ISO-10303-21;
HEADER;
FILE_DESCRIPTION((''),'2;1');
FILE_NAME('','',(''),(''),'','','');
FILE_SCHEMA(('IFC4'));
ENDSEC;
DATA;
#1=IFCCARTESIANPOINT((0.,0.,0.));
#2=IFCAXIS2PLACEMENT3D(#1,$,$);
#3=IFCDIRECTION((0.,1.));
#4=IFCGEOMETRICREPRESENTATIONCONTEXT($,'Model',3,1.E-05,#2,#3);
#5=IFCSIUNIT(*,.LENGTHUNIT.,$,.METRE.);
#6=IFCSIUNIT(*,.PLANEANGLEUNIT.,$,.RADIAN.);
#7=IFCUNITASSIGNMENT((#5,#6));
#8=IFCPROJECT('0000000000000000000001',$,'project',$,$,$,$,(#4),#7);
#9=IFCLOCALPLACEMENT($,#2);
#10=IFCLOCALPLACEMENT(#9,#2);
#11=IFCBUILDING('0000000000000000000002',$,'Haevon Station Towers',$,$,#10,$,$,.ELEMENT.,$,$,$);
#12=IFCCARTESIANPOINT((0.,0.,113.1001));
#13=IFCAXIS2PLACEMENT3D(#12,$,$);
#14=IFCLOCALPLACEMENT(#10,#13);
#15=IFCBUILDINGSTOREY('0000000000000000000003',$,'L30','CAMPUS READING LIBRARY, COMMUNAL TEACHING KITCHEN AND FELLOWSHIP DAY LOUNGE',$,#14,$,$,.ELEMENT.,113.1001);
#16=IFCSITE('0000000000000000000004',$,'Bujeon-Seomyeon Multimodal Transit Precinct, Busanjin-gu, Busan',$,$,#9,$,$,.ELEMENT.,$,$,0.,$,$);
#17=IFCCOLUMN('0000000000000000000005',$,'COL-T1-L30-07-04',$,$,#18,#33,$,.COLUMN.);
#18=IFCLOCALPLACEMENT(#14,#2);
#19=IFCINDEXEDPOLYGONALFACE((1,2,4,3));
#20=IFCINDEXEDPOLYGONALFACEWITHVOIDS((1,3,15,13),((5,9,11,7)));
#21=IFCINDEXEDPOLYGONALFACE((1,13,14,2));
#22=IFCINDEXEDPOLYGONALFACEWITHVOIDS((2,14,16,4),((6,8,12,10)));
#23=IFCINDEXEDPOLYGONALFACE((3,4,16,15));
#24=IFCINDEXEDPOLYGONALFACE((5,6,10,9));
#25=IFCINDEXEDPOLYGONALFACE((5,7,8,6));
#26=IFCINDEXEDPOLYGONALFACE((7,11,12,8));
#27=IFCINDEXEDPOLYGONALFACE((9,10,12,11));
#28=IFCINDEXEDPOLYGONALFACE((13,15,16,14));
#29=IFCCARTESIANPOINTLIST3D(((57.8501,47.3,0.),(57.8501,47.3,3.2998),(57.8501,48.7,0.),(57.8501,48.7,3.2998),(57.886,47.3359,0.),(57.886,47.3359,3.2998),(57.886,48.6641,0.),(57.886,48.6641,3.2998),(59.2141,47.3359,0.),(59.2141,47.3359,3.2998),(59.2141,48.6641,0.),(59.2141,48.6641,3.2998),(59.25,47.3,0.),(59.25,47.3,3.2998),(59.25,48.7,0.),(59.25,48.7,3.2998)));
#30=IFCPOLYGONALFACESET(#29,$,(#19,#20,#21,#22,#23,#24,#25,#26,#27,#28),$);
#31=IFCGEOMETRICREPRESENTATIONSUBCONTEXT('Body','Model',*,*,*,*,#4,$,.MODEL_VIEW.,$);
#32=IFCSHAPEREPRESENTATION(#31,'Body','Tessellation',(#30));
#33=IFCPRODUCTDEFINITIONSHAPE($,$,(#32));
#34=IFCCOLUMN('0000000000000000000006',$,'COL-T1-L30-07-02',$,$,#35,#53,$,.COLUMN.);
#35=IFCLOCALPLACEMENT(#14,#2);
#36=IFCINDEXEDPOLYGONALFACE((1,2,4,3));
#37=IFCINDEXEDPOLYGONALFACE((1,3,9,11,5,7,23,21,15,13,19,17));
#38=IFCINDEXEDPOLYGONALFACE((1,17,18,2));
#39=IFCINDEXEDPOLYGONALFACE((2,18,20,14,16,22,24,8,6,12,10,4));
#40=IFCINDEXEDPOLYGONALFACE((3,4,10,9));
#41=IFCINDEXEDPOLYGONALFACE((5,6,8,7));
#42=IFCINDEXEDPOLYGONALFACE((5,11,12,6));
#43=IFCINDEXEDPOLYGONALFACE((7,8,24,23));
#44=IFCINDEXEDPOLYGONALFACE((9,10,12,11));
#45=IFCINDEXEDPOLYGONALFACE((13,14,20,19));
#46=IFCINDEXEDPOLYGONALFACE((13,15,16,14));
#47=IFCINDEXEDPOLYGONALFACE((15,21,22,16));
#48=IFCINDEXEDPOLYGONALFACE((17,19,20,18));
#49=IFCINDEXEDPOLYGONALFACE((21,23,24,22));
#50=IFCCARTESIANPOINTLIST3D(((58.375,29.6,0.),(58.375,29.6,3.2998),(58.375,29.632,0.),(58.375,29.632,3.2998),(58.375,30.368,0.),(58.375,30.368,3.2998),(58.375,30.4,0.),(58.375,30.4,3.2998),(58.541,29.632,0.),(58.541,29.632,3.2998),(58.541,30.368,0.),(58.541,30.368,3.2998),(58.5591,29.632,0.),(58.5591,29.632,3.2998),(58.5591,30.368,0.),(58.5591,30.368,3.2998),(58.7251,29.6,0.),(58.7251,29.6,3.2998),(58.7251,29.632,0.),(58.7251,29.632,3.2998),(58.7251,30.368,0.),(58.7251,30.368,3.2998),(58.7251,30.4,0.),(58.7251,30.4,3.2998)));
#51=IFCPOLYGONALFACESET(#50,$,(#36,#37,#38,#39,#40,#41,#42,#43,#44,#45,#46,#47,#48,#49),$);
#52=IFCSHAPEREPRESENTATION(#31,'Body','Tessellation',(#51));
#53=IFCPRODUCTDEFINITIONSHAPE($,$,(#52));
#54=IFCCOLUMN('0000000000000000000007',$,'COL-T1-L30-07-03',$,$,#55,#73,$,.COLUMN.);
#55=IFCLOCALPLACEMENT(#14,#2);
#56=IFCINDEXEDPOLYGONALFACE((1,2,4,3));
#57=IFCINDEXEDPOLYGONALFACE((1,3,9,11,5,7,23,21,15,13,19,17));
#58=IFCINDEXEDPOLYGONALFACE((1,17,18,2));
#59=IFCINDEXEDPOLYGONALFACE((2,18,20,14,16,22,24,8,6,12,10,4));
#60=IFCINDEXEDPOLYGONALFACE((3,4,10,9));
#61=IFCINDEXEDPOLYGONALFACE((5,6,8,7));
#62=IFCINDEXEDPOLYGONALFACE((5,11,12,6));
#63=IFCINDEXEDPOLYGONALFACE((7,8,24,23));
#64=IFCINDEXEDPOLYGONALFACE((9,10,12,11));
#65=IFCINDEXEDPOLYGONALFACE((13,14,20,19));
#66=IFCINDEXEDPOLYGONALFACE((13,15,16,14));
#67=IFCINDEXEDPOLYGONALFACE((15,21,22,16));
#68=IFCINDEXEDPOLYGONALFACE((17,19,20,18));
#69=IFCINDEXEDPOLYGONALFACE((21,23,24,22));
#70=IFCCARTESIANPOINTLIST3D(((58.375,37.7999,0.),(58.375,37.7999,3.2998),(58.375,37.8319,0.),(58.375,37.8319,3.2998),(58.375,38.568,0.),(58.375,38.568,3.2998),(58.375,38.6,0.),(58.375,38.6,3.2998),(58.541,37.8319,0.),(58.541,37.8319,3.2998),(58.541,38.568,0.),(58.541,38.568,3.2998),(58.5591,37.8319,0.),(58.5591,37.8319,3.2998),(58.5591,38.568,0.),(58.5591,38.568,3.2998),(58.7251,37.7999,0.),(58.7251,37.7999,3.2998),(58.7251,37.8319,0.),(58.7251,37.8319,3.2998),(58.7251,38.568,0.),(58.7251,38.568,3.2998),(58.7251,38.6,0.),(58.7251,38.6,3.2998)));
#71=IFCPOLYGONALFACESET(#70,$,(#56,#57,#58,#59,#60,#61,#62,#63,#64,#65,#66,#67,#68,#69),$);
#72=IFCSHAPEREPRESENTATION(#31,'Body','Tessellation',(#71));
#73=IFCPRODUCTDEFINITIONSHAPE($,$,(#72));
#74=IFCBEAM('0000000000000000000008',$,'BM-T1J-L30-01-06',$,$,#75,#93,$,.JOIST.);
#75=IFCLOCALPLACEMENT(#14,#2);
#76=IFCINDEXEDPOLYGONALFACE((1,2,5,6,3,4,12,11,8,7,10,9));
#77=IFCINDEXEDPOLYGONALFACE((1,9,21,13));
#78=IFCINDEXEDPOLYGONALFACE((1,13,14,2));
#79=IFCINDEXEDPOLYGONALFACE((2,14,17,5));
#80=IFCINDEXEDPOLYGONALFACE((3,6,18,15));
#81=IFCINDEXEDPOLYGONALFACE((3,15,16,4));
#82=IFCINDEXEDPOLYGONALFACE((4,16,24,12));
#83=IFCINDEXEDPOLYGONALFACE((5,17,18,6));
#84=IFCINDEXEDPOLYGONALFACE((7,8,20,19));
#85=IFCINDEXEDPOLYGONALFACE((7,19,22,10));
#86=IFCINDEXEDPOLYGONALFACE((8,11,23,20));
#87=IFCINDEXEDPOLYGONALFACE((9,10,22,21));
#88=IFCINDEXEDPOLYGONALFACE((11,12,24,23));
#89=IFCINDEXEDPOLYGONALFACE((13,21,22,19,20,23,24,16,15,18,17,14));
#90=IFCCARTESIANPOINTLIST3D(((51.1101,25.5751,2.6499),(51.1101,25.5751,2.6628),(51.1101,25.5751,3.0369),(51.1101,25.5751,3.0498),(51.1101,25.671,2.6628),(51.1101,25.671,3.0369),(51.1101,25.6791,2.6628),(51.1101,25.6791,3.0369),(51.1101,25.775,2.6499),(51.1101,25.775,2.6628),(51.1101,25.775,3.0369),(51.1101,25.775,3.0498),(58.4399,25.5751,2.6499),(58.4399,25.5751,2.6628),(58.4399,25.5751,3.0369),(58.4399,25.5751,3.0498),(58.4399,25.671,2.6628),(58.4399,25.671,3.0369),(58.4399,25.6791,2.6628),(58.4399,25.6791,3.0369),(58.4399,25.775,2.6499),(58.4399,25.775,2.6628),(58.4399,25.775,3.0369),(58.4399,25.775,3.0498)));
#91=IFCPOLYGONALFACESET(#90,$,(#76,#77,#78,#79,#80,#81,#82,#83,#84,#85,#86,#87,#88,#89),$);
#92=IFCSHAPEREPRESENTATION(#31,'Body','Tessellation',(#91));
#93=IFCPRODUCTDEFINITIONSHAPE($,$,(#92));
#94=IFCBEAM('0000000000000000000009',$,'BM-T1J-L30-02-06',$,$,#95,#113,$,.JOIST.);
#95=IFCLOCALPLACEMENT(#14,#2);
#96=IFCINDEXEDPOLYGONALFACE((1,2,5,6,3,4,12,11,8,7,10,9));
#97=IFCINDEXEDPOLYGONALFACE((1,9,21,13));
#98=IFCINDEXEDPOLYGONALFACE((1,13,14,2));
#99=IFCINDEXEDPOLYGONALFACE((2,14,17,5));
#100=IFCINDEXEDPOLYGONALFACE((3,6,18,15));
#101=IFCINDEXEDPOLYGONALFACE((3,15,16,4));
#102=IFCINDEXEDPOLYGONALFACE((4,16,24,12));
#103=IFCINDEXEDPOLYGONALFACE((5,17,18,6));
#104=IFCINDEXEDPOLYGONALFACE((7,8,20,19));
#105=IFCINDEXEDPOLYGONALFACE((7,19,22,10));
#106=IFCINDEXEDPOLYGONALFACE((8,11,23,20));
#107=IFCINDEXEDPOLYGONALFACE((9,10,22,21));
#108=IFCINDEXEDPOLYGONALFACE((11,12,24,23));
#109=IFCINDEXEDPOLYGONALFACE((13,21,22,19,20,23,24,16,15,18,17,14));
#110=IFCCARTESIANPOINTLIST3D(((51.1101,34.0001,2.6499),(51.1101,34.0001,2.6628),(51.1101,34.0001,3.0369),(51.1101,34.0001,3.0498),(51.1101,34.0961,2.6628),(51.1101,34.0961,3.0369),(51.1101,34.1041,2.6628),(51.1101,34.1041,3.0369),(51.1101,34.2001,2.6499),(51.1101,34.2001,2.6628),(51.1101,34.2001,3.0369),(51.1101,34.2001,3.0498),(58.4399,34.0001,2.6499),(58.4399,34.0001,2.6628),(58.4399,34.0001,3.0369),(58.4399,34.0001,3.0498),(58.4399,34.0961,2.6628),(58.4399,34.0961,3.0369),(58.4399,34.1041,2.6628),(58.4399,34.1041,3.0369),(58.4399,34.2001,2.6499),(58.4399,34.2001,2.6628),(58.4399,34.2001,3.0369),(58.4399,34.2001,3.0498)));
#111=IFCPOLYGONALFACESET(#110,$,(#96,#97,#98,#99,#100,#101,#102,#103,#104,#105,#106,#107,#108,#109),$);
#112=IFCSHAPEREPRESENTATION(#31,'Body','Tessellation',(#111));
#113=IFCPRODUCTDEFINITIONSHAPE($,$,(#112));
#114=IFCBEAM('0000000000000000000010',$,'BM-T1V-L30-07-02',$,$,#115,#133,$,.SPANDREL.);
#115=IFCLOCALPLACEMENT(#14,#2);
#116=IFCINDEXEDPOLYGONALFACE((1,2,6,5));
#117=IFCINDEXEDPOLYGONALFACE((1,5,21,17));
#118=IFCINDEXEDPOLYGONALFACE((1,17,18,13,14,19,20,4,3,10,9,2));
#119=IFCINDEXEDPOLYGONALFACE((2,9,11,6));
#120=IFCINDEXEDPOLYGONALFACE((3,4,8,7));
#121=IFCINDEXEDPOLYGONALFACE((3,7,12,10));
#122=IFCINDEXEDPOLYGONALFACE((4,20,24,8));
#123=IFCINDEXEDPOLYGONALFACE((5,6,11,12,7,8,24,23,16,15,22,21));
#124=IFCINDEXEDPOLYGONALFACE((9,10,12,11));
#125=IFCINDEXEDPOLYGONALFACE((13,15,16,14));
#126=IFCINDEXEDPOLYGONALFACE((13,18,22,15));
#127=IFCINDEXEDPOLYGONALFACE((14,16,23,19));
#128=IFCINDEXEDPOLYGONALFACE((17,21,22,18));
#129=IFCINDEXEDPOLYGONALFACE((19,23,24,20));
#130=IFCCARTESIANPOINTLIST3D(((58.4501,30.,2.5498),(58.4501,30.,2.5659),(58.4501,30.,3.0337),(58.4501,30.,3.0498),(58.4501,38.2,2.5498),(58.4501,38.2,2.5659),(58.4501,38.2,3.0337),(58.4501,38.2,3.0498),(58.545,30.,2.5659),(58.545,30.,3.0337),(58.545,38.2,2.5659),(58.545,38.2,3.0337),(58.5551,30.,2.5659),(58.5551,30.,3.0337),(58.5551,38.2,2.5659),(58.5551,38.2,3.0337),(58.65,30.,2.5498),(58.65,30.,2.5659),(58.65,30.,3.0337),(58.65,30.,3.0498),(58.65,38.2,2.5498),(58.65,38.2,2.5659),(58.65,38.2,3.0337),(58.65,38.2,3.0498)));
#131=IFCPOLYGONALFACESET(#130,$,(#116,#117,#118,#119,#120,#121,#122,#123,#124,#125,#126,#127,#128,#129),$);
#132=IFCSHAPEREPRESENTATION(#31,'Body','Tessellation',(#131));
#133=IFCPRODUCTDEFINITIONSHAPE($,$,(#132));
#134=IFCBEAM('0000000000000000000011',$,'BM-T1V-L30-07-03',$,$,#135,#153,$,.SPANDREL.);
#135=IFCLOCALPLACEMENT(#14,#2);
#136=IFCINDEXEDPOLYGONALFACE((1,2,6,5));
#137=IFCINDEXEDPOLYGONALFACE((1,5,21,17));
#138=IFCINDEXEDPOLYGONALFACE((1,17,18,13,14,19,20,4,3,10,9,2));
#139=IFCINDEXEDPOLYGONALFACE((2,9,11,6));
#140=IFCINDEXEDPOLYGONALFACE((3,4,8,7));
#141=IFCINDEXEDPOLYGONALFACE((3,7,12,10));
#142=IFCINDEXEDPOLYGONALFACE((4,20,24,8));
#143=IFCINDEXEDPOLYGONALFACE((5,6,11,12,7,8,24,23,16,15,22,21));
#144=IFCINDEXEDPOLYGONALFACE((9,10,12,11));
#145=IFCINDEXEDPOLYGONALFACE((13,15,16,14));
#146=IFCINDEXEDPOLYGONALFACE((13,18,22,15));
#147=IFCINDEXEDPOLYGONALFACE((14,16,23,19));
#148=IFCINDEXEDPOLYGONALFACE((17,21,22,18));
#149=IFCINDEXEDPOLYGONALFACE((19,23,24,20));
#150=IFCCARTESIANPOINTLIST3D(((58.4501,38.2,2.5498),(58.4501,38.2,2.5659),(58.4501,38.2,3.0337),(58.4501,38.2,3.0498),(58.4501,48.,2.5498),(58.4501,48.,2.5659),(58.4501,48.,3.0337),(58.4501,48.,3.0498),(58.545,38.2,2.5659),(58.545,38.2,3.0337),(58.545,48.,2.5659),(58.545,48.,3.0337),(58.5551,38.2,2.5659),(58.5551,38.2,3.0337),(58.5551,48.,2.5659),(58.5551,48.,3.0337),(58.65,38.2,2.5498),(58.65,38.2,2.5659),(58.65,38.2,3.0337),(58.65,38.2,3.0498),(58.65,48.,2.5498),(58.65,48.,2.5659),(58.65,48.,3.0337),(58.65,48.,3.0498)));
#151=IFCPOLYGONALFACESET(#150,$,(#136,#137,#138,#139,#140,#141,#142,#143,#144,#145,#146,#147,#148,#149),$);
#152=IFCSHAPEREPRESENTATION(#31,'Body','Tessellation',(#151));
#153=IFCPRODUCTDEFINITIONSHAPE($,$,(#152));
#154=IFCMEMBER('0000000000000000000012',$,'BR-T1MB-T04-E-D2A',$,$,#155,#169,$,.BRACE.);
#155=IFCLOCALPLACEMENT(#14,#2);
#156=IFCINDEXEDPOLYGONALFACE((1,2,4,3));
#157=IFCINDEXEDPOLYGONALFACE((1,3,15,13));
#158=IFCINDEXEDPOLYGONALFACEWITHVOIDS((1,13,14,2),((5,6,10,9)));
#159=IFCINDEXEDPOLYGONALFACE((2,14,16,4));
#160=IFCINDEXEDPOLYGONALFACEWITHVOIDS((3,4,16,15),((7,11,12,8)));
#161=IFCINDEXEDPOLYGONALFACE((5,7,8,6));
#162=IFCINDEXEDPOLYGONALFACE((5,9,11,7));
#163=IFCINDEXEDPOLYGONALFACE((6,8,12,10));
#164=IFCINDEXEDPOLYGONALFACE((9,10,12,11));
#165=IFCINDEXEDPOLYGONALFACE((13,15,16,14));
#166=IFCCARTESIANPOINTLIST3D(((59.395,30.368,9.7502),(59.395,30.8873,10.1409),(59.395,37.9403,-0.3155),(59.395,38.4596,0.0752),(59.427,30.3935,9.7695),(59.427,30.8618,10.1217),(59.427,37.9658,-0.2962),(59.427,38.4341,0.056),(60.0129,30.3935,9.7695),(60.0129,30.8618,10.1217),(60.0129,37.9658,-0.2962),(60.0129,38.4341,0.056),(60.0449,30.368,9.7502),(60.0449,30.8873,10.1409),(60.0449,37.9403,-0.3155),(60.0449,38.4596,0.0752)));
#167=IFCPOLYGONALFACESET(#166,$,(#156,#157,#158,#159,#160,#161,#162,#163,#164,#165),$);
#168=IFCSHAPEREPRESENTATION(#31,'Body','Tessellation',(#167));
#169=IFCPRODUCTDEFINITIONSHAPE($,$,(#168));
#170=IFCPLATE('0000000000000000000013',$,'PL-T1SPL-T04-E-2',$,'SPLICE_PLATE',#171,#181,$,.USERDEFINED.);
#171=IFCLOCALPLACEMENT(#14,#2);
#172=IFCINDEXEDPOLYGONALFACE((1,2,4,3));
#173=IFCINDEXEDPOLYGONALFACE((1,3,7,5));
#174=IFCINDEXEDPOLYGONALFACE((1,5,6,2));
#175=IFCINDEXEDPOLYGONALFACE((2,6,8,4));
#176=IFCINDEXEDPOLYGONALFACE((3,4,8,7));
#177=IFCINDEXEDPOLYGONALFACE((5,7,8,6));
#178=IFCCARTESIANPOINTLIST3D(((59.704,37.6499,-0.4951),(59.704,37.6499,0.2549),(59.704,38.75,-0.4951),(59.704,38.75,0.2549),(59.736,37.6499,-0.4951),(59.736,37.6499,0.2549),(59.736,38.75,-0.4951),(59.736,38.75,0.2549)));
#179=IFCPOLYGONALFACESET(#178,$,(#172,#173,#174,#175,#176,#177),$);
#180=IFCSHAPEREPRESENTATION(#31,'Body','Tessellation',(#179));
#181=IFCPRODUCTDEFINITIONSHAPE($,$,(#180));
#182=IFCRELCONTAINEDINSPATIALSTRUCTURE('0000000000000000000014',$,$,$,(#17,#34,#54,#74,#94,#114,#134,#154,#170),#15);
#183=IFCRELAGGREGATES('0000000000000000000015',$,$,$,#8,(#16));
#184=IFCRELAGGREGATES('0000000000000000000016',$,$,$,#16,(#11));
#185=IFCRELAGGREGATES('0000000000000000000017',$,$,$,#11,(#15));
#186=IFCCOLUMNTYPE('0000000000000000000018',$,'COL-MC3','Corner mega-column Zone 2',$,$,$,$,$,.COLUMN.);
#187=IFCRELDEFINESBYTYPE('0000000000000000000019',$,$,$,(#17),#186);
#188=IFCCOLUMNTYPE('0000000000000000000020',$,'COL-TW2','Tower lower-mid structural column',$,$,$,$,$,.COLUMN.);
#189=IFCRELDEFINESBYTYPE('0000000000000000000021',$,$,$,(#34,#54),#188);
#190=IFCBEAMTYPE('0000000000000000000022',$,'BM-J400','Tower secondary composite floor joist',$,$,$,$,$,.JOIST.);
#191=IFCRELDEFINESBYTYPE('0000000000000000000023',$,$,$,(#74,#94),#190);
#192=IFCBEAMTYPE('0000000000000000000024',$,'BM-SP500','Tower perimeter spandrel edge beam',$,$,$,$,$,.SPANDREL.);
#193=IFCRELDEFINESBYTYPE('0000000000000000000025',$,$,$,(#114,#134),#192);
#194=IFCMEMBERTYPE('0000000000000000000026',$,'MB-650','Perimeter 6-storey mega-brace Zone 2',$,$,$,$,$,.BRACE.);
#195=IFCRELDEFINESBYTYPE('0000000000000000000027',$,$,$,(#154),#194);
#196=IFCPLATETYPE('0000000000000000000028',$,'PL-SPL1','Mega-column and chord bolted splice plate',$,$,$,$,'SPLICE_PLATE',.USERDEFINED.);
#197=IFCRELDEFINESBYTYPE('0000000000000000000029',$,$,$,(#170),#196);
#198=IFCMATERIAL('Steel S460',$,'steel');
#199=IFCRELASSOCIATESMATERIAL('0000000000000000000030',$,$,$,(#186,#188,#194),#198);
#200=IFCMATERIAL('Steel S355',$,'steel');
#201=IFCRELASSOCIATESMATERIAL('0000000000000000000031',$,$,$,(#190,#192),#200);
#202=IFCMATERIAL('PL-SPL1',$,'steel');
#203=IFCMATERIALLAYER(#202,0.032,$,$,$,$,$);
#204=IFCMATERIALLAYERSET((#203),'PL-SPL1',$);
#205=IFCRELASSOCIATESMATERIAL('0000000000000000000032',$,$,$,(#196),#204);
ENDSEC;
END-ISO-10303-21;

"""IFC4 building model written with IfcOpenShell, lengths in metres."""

from ifc_helpers import new_model, si_unit, direction, frame, origin, origin_2d, place, context, subcontext, project, spatial, rectangle, hollow_rectangle, i_section, extrude, material, layer, layer_set, material_profile, profile_set, type_object, element, save


model = new_model("IFC4")

# Units and contexts
model_context = context("Model", 3, precision=1e-05, world=origin(), true_north=direction((0.0, 1.0)))
body_context = subcontext(model_context, "Body", "Model", "MODEL_VIEW")
ifc_project = project(units=[si_unit("LENGTHUNIT", "METRE"), si_unit("PLANEANGLEUNIT", "RADIAN")], contexts=[model_context])

# Site, building, storey
site_placement = place(None, origin())
site = spatial("IfcSite", under=ifc_project, at=site_placement, Name="Bujeon-Seomyeon Multimodal Transit Precinct, Busanjin-gu, Busan", CompositionType="ELEMENT", RefElevation=0.0)
building_placement = place(site_placement, origin())
building = spatial("IfcBuilding", under=site, at=building_placement, Name="Haevon Station Towers", CompositionType="ELEMENT")
storey_placement = place(building_placement, frame((0.0, 0.0, 113.1001)))
storey = spatial("IfcBuildingStorey", under=building, at=storey_placement, Name="L30", Description="CAMPUS READING LIBRARY, COMMUNAL TEACHING KITCHEN AND FELLOWSHIP DAY LOUNGE", CompositionType="ELEMENT", Elevation=113.1001)

# Columns
ifc_material_1 = material(Name="Steel S460", Category="steel")
ifc_material_profile_1 = material_profile(ifc_material_1, hollow_rectangle(XDim=1.3999, YDim=1.3999, WallThickness=0.0359, at=origin_2d()), Name="BOX-1400x1400x36")
ifc_profile_set_1 = profile_set([ifc_material_profile_1], Name="Steel S460")
column_type_1 = type_object("IfcColumnType", Name="COL-MC3", Description="Corner mega-column Zone 2", PredefinedType="COLUMN", material=ifc_profile_set_1)
column_placement = place(storey_placement, frame((58.55, 48.0, 0.0), z_axis=(0.0, 0.0, 1.0), x_axis=(1.0, 0.0, 0.0)))
element("IfcColumn", 1, at=column_placement, inside=storey, type_object=column_type_1, Name="COL-T1-L30-07-04", PredefinedType="COLUMN", context=body_context, shape_type="SweptSolid", body=[
    extrude(hollow_rectangle(XDim=1.3999, YDim=1.3999, WallThickness=0.0359, at=origin_2d()), origin(), (0.0, 0.0, 1.0), 3.2998),
])
ifc_material_profile_2 = material_profile(ifc_material_1, i_section(OverallWidth=0.3501, OverallDepth=0.8, WebThickness=0.0181, FlangeThickness=0.032, at=origin_2d()), Name="H-800x350x18x32")
ifc_profile_set_2 = profile_set([ifc_material_profile_2], Name="Steel S460")
column_type_2 = type_object("IfcColumnType", Name="COL-TW2", Description="Tower lower-mid structural column", PredefinedType="COLUMN", material=ifc_profile_set_2)
for number, where, z_axis, x_axis, name in (
    (2, (58.55, 30.0, 0.0), (0.0, 0.0, 1.0), (1.0, 0.0, 0.0), "COL-T1-L30-07-02"),
    (3, (58.55, 38.2, 0.0), (0.0, 0.0, 1.0), (1.0, 0.0, 0.0), "COL-T1-L30-07-03"),
):
    element("IfcColumn", number, at=place(storey_placement, frame(where, z_axis=z_axis, x_axis=x_axis)), inside=storey, type_object=column_type_2, Name=name, PredefinedType="COLUMN", context=body_context, shape_type="SweptSolid", body=[
        extrude(i_section(OverallWidth=0.3501, OverallDepth=0.8, WebThickness=0.0181, FlangeThickness=0.032, at=origin_2d()), origin(), (0.0, 0.0, 1.0), 3.2998),
    ])

# Beams
ifc_material_2 = material(Name="Steel S355", Category="steel")
ifc_material_profile_3 = material_profile(ifc_material_2, i_section(OverallWidth=0.2, OverallDepth=0.3999, WebThickness=0.0081, FlangeThickness=0.0129, at=origin_2d()), Name="H-400x200x8x13")
ifc_profile_set_3 = profile_set([ifc_material_profile_3], Name="Steel S355")
beam_type_1 = type_object("IfcBeamType", Name="BM-J400", Description="Tower secondary composite floor joist", PredefinedType="JOIST", material=ifc_profile_set_3)
for number, where, z_axis, x_axis, name in (
    (4, (51.1101, 25.675, 2.8499), (1.0, 0.0, 0.0), (0.0, 1.0, 0.0), "BM-T1J-L30-01-06"),
    (5, (51.1101, 34.1001, 2.8499), (1.0, 0.0, 0.0), (0.0, 1.0, 0.0), "BM-T1J-L30-02-06"),
):
    element("IfcBeam", number, at=place(storey_placement, frame(where, z_axis=z_axis, x_axis=x_axis)), inside=storey, type_object=beam_type_1, Name=name, PredefinedType="JOIST", context=body_context, shape_type="SweptSolid", body=[
        extrude(i_section(OverallWidth=0.2, OverallDepth=0.3999, WebThickness=0.0081, FlangeThickness=0.0129, at=origin_2d()), origin(), (0.0, 0.0, 1.0), 7.3298),
    ])
ifc_material_profile_4 = material_profile(ifc_material_2, i_section(OverallWidth=0.2, OverallDepth=0.5, WebThickness=0.01, FlangeThickness=0.0161, at=origin_2d()), Name="H-500x200x10x16")
ifc_profile_set_4 = profile_set([ifc_material_profile_4], Name="Steel S355")
beam_type_2 = type_object("IfcBeamType", Name="BM-SP500", Description="Tower perimeter spandrel edge beam", PredefinedType="SPANDREL", material=ifc_profile_set_4)
beam_1_placement = place(storey_placement, frame((58.55, 30.0, 2.7998), z_axis=(0.0, 1.0, 0.0), x_axis=(-1.0, 0.0, 0.0)))
element("IfcBeam", 6, at=beam_1_placement, inside=storey, type_object=beam_type_2, Name="BM-T1V-L30-07-02", PredefinedType="SPANDREL", context=body_context, shape_type="SweptSolid", body=[
    extrude(i_section(OverallWidth=0.2, OverallDepth=0.5, WebThickness=0.01, FlangeThickness=0.0161, at=origin_2d()), origin(), (0.0, 0.0, 1.0), 8.2),
])
beam_2_placement = place(storey_placement, frame((58.55, 38.2, 2.7998), z_axis=(0.0, 1.0, 0.0), x_axis=(-1.0, 0.0, 0.0)))
element("IfcBeam", 7, at=beam_2_placement, inside=storey, type_object=beam_type_2, Name="BM-T1V-L30-07-03", PredefinedType="SPANDREL", context=body_context, shape_type="SweptSolid", body=[
    extrude(i_section(OverallWidth=0.2, OverallDepth=0.5, WebThickness=0.01, FlangeThickness=0.0161, at=origin_2d()), origin(), (0.0, 0.0, 1.0), 9.8),
])

# Member
ifc_material_profile_5 = material_profile(ifc_material_1, hollow_rectangle(XDim=0.6499, YDim=0.6499, WallThickness=0.032, at=origin_2d()), Name="RHS-650x650x32")
ifc_profile_set_5 = profile_set([ifc_material_profile_5], Name="Steel S460")
member_type = type_object("IfcMemberType", Name="MB-650", Description="Perimeter 6-storey mega-brace Zone 2", PredefinedType="BRACE", material=ifc_profile_set_5)
member_placement = place(storey_placement, frame((59.72, 38.2, -0.1201), z_axis=(0.0, -0.601169, 0.799122), x_axis=(1.0, 0.0, 0.0)))
element("IfcMember", 8, at=member_placement, inside=storey, type_object=member_type, Name="BR-T1MB-T04-E-D2A", PredefinedType="BRACE", context=body_context, shape_type="SweptSolid", body=[
    extrude(hollow_rectangle(XDim=0.6499, YDim=0.6499, WallThickness=0.032, at=origin_2d()), origin(), (0.0, 0.0, 1.0), 12.5959),
])

# Plate
ifc_material_3 = material(Name="PL-SPL1", Category="steel")
ifc_layer_1 = layer(ifc_material_3, 0.032)
ifc_layer_set_1 = layer_set([ifc_layer_1], Name="PL-SPL1")
plate_type = type_object("IfcPlateType", Name="PL-SPL1", Description="Mega-column and chord bolted splice plate", ElementType="SPLICE_PLATE", PredefinedType="USERDEFINED", material=ifc_layer_set_1)
plate_placement = place(storey_placement, frame((59.72, 38.2, -0.4951), z_axis=(0.0, 0.0, 1.0), x_axis=(0.0, 1.0, 0.0)))
element("IfcPlate", 9, at=plate_placement, inside=storey, type_object=plate_type, Name="PL-T1SPL-T04-E-2", ObjectType="SPLICE_PLATE", PredefinedType="USERDEFINED", context=body_context, shape_type="SweptSolid", body=[
    extrude(rectangle(XDim=1.1001, YDim=0.032, at=origin_2d()), origin(), (0.0, 0.0, 1.0), 0.75),
])

save(model, "model.ifc")
